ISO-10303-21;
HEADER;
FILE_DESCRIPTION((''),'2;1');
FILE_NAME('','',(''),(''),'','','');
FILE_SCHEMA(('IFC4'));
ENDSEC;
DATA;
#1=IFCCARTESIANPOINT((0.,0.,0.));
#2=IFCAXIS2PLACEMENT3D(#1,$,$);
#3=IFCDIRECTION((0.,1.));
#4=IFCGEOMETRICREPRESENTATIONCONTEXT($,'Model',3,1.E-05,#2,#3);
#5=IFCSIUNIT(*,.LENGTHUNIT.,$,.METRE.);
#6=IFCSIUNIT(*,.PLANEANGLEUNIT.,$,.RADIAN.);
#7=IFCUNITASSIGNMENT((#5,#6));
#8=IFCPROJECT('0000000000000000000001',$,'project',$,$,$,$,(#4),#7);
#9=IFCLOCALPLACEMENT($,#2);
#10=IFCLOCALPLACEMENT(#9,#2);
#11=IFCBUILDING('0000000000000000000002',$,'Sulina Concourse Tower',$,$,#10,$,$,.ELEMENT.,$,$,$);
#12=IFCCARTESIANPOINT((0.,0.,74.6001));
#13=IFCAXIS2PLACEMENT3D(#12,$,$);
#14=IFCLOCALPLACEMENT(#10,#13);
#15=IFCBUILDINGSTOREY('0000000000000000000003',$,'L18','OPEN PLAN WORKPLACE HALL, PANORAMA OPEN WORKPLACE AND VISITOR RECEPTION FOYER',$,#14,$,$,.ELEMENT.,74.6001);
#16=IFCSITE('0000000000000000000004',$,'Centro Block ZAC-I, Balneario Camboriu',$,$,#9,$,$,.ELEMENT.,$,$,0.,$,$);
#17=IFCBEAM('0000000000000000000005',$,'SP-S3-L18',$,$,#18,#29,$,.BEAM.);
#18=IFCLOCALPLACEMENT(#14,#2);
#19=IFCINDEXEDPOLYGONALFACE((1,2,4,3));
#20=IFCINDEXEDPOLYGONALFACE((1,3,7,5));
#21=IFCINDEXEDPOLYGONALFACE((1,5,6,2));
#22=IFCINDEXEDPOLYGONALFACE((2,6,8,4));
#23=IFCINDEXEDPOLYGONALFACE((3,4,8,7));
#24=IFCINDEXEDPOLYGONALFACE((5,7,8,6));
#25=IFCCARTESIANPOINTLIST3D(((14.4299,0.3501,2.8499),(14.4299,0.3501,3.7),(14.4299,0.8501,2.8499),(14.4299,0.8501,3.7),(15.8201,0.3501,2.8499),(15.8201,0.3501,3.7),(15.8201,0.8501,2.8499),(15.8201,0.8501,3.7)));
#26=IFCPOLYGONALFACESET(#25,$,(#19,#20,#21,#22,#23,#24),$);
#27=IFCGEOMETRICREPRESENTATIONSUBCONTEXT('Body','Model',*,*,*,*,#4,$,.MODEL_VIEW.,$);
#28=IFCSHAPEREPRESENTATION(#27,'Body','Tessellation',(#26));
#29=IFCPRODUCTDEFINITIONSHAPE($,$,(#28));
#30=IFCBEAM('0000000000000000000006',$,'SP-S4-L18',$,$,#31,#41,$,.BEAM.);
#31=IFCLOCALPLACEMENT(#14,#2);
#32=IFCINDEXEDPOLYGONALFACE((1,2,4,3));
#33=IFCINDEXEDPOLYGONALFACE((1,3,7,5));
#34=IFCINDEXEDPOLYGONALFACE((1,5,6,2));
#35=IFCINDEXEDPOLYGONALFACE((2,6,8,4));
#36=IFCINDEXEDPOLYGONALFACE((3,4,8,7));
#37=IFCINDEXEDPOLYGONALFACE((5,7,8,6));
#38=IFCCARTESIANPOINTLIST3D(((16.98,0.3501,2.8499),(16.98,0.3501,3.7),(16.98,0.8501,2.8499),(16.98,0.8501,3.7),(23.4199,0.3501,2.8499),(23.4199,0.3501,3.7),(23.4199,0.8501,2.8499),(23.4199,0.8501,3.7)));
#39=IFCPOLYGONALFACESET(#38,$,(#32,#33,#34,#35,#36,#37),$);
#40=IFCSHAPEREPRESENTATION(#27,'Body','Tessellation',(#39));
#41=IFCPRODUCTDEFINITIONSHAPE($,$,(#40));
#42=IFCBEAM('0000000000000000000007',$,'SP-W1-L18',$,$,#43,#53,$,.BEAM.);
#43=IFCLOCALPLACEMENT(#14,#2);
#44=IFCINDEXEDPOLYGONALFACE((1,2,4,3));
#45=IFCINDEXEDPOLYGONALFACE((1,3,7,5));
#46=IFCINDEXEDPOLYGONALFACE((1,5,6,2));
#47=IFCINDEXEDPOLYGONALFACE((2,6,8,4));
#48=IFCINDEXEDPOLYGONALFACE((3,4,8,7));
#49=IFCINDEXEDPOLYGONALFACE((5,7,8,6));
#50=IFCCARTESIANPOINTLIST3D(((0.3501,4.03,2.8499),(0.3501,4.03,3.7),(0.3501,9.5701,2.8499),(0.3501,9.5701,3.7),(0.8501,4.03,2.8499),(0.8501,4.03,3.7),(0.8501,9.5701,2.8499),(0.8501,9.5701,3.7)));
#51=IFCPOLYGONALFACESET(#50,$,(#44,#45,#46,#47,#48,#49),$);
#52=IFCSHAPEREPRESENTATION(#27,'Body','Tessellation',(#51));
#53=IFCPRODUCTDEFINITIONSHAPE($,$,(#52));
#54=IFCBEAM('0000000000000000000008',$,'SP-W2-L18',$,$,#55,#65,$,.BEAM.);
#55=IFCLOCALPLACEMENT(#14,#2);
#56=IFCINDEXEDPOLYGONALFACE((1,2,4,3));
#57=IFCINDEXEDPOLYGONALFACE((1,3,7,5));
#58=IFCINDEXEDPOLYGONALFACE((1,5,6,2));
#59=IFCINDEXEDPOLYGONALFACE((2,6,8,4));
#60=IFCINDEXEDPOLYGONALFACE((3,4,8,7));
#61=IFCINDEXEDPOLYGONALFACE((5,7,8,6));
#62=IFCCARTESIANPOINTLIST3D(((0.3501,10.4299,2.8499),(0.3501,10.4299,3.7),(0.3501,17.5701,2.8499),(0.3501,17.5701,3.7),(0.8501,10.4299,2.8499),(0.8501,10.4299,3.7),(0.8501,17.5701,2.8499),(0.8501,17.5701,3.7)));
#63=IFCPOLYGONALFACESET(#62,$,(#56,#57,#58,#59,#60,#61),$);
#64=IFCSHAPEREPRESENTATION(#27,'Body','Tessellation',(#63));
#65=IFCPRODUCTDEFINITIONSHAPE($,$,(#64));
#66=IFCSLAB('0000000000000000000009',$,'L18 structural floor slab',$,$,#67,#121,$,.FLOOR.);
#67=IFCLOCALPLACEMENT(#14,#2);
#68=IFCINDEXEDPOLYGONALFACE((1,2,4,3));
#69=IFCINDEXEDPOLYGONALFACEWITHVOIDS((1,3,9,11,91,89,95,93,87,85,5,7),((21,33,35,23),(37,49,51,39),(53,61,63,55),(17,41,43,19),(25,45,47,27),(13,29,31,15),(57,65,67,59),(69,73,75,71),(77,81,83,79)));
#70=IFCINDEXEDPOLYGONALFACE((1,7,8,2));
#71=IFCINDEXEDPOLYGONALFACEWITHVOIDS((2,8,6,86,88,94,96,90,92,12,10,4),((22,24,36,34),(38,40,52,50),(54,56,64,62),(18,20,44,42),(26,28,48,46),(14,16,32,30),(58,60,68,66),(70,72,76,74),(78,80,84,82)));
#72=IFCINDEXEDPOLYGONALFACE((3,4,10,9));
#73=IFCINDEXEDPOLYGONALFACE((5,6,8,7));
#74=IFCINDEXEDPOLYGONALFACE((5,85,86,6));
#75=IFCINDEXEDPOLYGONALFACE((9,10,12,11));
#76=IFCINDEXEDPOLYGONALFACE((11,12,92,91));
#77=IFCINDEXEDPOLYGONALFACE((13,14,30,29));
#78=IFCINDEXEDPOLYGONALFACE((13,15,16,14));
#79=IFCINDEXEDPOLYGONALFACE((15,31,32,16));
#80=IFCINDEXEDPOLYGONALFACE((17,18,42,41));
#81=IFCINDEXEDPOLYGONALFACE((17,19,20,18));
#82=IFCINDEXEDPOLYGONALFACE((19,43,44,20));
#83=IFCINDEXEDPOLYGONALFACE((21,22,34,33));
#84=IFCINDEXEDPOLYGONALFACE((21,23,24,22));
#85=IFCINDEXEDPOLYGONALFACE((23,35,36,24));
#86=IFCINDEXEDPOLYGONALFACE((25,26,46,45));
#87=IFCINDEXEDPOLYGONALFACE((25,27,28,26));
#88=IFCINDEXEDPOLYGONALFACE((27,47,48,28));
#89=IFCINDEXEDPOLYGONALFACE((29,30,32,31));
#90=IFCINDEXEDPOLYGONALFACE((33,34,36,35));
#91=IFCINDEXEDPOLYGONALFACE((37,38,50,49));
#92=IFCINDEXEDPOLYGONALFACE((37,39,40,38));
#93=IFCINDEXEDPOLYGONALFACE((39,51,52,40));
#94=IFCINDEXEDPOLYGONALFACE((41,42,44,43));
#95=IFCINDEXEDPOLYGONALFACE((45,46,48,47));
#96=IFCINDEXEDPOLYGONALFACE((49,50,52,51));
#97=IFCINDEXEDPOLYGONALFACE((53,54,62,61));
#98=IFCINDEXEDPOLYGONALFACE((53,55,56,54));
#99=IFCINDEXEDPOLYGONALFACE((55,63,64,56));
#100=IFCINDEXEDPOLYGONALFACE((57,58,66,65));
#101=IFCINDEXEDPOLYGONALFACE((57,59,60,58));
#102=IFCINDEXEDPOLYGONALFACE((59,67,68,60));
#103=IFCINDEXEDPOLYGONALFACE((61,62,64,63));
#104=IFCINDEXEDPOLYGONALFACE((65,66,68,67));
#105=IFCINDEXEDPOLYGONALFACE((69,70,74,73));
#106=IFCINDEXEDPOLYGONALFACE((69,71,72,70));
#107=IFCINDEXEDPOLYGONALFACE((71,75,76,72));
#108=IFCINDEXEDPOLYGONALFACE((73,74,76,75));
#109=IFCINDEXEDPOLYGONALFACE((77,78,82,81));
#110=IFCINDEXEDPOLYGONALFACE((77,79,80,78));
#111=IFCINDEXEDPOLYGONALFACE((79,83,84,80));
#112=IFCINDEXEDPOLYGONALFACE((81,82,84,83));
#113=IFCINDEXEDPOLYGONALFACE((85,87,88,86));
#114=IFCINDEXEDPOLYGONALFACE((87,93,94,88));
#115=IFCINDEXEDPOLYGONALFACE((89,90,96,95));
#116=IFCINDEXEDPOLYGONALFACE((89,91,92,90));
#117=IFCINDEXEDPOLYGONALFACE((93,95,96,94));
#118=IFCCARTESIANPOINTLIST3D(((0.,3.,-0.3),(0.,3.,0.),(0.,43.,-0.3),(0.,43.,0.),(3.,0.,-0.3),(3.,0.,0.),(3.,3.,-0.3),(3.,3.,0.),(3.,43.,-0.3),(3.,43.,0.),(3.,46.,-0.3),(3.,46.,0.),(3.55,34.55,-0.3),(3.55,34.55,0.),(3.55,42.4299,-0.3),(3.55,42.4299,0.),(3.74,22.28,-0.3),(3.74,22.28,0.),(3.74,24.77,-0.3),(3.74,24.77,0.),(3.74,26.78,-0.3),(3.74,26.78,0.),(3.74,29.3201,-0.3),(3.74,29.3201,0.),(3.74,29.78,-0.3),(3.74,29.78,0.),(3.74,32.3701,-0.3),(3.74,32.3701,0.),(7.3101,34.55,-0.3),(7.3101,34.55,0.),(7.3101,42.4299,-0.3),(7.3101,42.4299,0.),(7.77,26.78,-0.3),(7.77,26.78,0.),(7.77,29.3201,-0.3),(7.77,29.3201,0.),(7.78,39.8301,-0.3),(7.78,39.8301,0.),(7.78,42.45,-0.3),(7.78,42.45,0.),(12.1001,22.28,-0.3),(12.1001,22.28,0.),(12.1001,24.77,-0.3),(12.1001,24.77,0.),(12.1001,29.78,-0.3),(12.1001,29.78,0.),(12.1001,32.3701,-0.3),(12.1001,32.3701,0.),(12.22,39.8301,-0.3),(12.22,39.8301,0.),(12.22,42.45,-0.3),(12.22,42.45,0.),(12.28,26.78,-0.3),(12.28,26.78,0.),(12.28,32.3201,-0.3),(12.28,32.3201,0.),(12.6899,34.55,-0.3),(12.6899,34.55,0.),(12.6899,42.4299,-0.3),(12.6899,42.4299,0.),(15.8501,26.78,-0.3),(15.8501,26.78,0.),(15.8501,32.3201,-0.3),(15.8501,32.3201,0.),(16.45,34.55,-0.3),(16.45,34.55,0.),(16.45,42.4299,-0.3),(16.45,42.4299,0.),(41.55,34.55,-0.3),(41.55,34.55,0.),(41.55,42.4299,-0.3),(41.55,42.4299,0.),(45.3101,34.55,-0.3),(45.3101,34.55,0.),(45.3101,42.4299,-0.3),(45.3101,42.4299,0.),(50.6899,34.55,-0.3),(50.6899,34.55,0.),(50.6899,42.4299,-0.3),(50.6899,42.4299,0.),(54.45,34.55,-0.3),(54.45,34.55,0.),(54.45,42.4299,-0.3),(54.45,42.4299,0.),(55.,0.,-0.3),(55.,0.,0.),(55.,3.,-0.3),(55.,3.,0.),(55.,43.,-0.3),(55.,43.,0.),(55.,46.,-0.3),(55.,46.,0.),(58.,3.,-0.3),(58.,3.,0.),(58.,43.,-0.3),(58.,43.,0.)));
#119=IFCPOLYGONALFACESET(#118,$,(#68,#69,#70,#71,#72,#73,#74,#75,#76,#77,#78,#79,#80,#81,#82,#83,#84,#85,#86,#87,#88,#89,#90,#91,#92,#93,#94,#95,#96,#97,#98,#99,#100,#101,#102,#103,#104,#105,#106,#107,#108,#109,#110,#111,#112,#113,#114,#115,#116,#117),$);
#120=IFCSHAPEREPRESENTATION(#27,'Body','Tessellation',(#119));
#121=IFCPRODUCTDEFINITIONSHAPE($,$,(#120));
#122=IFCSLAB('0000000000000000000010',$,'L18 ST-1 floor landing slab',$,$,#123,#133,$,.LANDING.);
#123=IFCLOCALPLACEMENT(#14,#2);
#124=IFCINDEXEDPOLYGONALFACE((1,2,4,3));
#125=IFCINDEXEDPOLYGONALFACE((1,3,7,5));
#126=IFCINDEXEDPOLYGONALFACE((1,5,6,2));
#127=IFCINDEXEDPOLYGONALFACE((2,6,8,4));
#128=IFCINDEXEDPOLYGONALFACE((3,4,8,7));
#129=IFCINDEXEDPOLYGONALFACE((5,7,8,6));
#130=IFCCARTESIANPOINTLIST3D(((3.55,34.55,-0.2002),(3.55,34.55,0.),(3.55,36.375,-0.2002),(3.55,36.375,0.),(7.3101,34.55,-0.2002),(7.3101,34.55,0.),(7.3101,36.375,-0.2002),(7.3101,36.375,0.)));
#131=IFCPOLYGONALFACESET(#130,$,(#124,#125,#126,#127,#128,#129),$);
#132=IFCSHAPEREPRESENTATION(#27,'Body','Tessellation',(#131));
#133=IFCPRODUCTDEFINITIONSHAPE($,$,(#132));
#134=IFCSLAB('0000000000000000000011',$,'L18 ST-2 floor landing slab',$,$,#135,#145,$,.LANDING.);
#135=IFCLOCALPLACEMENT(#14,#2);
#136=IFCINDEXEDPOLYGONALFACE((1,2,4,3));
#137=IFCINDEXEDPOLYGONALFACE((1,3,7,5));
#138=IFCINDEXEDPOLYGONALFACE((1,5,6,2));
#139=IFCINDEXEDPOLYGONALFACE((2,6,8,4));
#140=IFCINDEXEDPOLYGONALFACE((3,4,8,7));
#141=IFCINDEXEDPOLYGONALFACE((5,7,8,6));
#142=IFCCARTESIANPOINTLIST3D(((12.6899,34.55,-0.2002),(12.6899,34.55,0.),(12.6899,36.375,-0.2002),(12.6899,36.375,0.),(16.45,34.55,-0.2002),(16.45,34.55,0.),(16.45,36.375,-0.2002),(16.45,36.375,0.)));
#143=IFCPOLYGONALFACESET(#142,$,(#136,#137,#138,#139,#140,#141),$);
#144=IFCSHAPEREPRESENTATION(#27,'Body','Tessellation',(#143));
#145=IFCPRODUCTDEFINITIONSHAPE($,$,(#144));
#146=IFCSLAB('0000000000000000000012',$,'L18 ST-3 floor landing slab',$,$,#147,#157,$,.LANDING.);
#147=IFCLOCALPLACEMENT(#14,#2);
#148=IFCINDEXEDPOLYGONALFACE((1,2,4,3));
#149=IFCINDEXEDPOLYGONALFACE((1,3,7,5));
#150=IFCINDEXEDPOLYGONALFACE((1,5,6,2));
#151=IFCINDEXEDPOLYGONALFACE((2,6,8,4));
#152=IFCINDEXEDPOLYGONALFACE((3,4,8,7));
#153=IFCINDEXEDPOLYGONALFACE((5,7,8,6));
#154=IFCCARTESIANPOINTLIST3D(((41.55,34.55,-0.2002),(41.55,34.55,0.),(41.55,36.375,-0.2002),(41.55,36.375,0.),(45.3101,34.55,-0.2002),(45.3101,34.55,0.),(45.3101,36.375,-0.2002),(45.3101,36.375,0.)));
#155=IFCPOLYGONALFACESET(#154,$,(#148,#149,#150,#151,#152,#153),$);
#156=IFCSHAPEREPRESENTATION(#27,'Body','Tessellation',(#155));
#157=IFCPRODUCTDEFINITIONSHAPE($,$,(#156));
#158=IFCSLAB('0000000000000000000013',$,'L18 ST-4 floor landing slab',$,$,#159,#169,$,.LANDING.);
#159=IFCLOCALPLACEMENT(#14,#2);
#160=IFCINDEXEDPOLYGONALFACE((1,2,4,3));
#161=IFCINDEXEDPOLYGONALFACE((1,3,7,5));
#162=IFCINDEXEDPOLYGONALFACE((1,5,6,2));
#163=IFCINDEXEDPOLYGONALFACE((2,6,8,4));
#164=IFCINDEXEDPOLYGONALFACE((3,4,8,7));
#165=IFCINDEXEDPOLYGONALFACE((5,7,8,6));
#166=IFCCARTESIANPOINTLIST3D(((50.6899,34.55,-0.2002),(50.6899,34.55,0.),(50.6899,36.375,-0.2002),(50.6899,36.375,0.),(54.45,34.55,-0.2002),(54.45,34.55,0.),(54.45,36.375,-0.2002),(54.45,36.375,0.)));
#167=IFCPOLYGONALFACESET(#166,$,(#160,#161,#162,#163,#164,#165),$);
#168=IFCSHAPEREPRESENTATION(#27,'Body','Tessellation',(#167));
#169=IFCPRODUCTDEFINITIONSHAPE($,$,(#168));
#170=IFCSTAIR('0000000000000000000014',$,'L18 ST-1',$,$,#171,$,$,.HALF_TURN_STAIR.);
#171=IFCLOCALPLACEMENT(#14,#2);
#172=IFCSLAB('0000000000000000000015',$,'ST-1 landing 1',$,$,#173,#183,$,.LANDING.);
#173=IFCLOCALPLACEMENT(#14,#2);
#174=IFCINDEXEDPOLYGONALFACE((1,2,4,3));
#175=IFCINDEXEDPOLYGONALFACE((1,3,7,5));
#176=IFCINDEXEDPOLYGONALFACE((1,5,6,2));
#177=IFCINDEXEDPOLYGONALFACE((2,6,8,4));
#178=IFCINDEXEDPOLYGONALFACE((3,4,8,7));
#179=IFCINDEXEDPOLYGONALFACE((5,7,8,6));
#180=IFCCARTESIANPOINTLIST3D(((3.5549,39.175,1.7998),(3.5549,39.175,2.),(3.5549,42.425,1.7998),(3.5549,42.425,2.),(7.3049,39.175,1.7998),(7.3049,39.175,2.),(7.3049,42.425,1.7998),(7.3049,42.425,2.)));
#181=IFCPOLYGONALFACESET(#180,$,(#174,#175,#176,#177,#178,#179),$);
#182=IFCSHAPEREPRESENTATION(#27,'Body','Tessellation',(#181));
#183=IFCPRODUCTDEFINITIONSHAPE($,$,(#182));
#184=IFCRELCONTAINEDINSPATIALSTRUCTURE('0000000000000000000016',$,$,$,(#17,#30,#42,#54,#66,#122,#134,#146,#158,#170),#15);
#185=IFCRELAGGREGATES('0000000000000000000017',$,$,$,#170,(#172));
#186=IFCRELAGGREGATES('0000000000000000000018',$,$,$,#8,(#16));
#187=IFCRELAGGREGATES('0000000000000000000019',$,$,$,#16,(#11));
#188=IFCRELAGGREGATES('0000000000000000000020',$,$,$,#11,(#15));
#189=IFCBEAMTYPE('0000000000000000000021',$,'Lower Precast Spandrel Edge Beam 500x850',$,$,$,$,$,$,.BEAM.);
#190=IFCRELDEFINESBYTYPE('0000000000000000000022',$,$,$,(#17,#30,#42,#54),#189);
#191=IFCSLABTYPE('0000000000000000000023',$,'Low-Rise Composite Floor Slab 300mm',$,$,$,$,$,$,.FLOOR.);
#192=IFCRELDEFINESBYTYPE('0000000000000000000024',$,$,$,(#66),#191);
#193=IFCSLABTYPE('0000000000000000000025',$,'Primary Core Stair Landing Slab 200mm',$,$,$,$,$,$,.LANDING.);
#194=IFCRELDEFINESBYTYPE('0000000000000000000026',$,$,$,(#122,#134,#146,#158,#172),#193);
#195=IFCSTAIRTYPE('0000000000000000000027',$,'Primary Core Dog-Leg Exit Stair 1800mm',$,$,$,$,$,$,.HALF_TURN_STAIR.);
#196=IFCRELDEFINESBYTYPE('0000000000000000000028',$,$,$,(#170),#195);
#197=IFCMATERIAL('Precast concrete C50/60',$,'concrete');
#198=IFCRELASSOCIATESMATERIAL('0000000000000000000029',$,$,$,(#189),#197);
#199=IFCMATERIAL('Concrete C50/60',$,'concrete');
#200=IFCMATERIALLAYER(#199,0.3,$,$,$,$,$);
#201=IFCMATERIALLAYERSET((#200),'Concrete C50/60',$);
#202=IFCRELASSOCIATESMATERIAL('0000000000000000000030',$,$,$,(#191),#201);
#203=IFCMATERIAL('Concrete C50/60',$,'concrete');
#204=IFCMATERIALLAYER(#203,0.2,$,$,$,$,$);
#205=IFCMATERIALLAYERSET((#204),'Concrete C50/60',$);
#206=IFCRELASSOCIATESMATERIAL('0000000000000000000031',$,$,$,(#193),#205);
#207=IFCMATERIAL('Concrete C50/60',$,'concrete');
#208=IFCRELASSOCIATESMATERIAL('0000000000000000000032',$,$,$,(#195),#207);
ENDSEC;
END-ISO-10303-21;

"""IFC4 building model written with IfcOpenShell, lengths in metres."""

from ifc_helpers import new_model, si_unit, direction, frame, origin, origin_2d, place, context, subcontext, project, spatial, polyline, rectangle, outline, extrude, material, layer, layer_set, material_profile, profile_set, type_object, element, aggregate, save


model = new_model("IFC4")

# Units and contexts
model_context = context("Model", 3, precision=1e-05, world=origin(), true_north=direction((0.0, 1.0)))
body_context = subcontext(model_context, "Body", "Model", "MODEL_VIEW")
ifc_project = project(units=[si_unit("LENGTHUNIT", "METRE"), si_unit("PLANEANGLEUNIT", "RADIAN")], contexts=[model_context])

# Site, building, storey
site_placement = place(None, origin())
site = spatial("IfcSite", under=ifc_project, at=site_placement, Name="Centro Block ZAC-I, Balneario Camboriu", CompositionType="ELEMENT", RefElevation=0.0)
building_placement = place(site_placement, origin())
building = spatial("IfcBuilding", under=site, at=building_placement, Name="Sulina Concourse Tower", CompositionType="ELEMENT")
storey_placement = place(building_placement, frame((0.0, 0.0, 74.6001)))
storey = spatial("IfcBuildingStorey", under=building, at=storey_placement, Name="L18", Description="OPEN PLAN WORKPLACE HALL, PANORAMA OPEN WORKPLACE AND VISITOR RECEPTION FOYER", CompositionType="ELEMENT", Elevation=74.6001)

# Beams
ifc_material_1 = material(Name="Precast concrete C50/60", Category="concrete")
ifc_material_profile_1 = material_profile(ifc_material_1, rectangle(XDim=0.5, YDim=0.8501, at=origin_2d()), Name="RC 500x850")
ifc_profile_set_1 = profile_set([ifc_material_profile_1], Name="Precast concrete C50/60")
beam_type_1 = type_object("IfcBeamType", Name="Lower Precast Spandrel Edge Beam 500x850", PredefinedType="BEAM", material=ifc_profile_set_1)
beam_1_placement = place(storey_placement, frame((14.4299, 0.6001, 3.2749), z_axis=(1.0, 0.0, 0.0), x_axis=(0.0, 1.0, 0.0)))
element("IfcBeam", 1, at=beam_1_placement, inside=storey, type_object=beam_type_1, Name="SP-S3-L18", PredefinedType="BEAM", context=body_context, shape_type="SweptSolid", body=[
    extrude(rectangle(XDim=0.5, YDim=0.8501, at=origin_2d()), origin(), (0.0, 0.0, 1.0), 1.3901),
])
beam_2_placement = place(storey_placement, frame((16.98, 0.6001, 3.2749), z_axis=(1.0, 0.0, 0.0), x_axis=(0.0, 1.0, 0.0)))
element("IfcBeam", 2, at=beam_2_placement, inside=storey, type_object=beam_type_1, Name="SP-S4-L18", PredefinedType="BEAM", context=body_context, shape_type="SweptSolid", body=[
    extrude(rectangle(XDim=0.5, YDim=0.8501, at=origin_2d()), origin(), (0.0, 0.0, 1.0), 6.4399),
])
beam_3_placement = place(storey_placement, frame((0.6001, 4.03, 3.2749), z_axis=(0.0, 1.0, 0.0), x_axis=(-1.0, 0.0, 0.0)))
element("IfcBeam", 3, at=beam_3_placement, inside=storey, type_object=beam_type_1, Name="SP-W1-L18", PredefinedType="BEAM", context=body_context, shape_type="SweptSolid", body=[
    extrude(rectangle(XDim=0.5, YDim=0.8501, at=origin_2d()), origin(), (0.0, 0.0, 1.0), 5.54),
])
beam_4_placement = place(storey_placement, frame((0.6001, 10.4299, 3.2749), z_axis=(0.0, 1.0, 0.0), x_axis=(-1.0, 0.0, 0.0)))
element("IfcBeam", 4, at=beam_4_placement, inside=storey, type_object=beam_type_1, Name="SP-W2-L18", PredefinedType="BEAM", context=body_context, shape_type="SweptSolid", body=[
    extrude(rectangle(XDim=0.5, YDim=0.8501, at=origin_2d()), origin(), (0.0, 0.0, 1.0), 7.1401),
])

# Slabs
ifc_material_2 = material(Name="Concrete C50/60", Category="concrete")
ifc_layer_1 = layer(ifc_material_2, 0.3)
ifc_layer_set_1 = layer_set([ifc_layer_1], Name="Concrete C50/60")
slab_type_1 = type_object("IfcSlabType", Name="Low-Rise Composite Floor Slab 300mm", PredefinedType="FLOOR", material=ifc_layer_set_1)
slab_1_placement = place(storey_placement, frame((0.0, 0.0, -0.3)))
element("IfcSlab", 5, at=slab_1_placement, inside=storey, type_object=slab_type_1, Name="L18 structural floor slab", PredefinedType="FLOOR", context=body_context, shape_type="SweptSolid", body=[
    extrude(outline(polyline([(3.0, 0.0), (55.0, 0.0), (55.0, 3.0), (58.0, 3.0), (58.0, 43.0), (55.0, 43.0), (55.0, 46.0), (3.0, 46.0), (3.0, 43.0), (0.0, 43.0), (0.0, 3.0), (3.0, 3.0), (3.0, 0.0)]), holes=[polyline([(7.3101, 34.55), (7.3101, 42.4299), (3.55, 42.4299), (3.55, 34.55), (7.3101, 34.55)]), polyline([(16.45, 34.55), (16.45, 42.4299), (12.6899, 42.4299), (12.6899, 34.55), (16.45, 34.55)]), polyline([(45.3101, 34.55), (45.3101, 42.4299), (41.55, 42.4299), (41.55, 34.55), (45.3101, 34.55)]), polyline([(54.45, 34.55), (54.45, 42.4299), (50.6899, 42.4299), (50.6899, 34.55), (54.45, 34.55)]), polyline([(7.78, 39.8301), (12.22, 39.8301), (12.22, 42.45), (7.78, 42.45), (7.78, 39.8301)]), polyline([(3.74, 26.78), (7.77, 26.78), (7.77, 29.3201), (3.74, 29.3201), (3.74, 26.78)]), polyline([(3.74, 29.78), (12.1001, 29.78), (12.1001, 32.3701), (3.74, 32.3701), (3.74, 29.78)]), polyline([(3.74, 22.28), (12.1001, 22.28), (12.1001, 24.77), (3.74, 24.77), (3.74, 22.28)]), polyline([(12.28, 26.78), (15.8501, 26.78), (15.8501, 32.3201), (12.28, 32.3201), (12.28, 26.78)])]), origin(), (0.0, 0.0, 1.0), 0.3),
])
ifc_material_3 = material(Name="Concrete C50/60", Category="concrete")
ifc_layer_2 = layer(ifc_material_3, 0.2)
ifc_layer_set_2 = layer_set([ifc_layer_2], Name="Concrete C50/60")
slab_type_2 = type_object("IfcSlabType", Name="Primary Core Stair Landing Slab 200mm", PredefinedType="LANDING", material=ifc_layer_set_2)
slab_2_placement = place(storey_placement, frame((0.0, 0.0, -0.2002)))
element("IfcSlab", 6, at=slab_2_placement, inside=storey, type_object=slab_type_2, Name="L18 ST-1 floor landing slab", PredefinedType="LANDING", context=body_context, shape_type="SweptSolid", body=[
    extrude(outline(polyline([(7.3101, 34.55), (7.3101, 36.375), (3.55, 36.375), (3.55, 34.55), (7.3101, 34.55)])), origin(), (0.0, 0.0, 1.0), 0.2002),
])
slab_3_placement = place(storey_placement, frame((0.0, 0.0, -0.2002)))
element("IfcSlab", 7, at=slab_3_placement, inside=storey, type_object=slab_type_2, Name="L18 ST-2 floor landing slab", PredefinedType="LANDING", context=body_context, shape_type="SweptSolid", body=[
    extrude(outline(polyline([(16.45, 34.55), (16.45, 36.375), (12.6899, 36.375), (12.6899, 34.55), (16.45, 34.55)])), origin(), (0.0, 0.0, 1.0), 0.2002),
])
slab_4_placement = place(storey_placement, frame((0.0, 0.0, -0.2002)))
element("IfcSlab", 8, at=slab_4_placement, inside=storey, type_object=slab_type_2, Name="L18 ST-3 floor landing slab", PredefinedType="LANDING", context=body_context, shape_type="SweptSolid", body=[
    extrude(outline(polyline([(45.3101, 34.55), (45.3101, 36.375), (41.55, 36.375), (41.55, 34.55), (45.3101, 34.55)])), origin(), (0.0, 0.0, 1.0), 0.2002),
])
slab_5_placement = place(storey_placement, frame((0.0, 0.0, -0.2002)))
element("IfcSlab", 9, at=slab_5_placement, inside=storey, type_object=slab_type_2, Name="L18 ST-4 floor landing slab", PredefinedType="LANDING", context=body_context, shape_type="SweptSolid", body=[
    extrude(outline(polyline([(54.45, 34.55), (54.45, 36.375), (50.6899, 36.375), (50.6899, 34.55), (54.45, 34.55)])), origin(), (0.0, 0.0, 1.0), 0.2002),
])

# Stair, slab
ifc_material_4 = material(Name="Concrete C50/60", Category="concrete")
stair_type_1 = type_object("IfcStairType", Name="Primary Core Dog-Leg Exit Stair 1800mm", PredefinedType="HALF_TURN_STAIR", material=ifc_material_4)
stair_1_placement = place(storey_placement, origin())
stair_1 = element("IfcStair", 10, at=stair_1_placement, inside=storey, type_object=stair_type_1, Name="L18 ST-1", PredefinedType="HALF_TURN_STAIR")
slab_6_placement = place(storey_placement, frame((0.0, 0.0, 1.7998)))
slab_6 = element("IfcSlab", 11, at=slab_6_placement, type_object=slab_type_2, Name="ST-1 landing 1", PredefinedType="LANDING", context=body_context, shape_type="SweptSolid", body=[
    extrude(outline(polyline([(7.3049, 39.175), (7.3049, 42.425), (3.5549, 42.425), (3.5549, 39.175), (7.3049, 39.175)])), origin(), (0.0, 0.0, 1.0), 0.2002),
])
aggregate(stair_1, [slab_6])

save(model, "model.ifc")
